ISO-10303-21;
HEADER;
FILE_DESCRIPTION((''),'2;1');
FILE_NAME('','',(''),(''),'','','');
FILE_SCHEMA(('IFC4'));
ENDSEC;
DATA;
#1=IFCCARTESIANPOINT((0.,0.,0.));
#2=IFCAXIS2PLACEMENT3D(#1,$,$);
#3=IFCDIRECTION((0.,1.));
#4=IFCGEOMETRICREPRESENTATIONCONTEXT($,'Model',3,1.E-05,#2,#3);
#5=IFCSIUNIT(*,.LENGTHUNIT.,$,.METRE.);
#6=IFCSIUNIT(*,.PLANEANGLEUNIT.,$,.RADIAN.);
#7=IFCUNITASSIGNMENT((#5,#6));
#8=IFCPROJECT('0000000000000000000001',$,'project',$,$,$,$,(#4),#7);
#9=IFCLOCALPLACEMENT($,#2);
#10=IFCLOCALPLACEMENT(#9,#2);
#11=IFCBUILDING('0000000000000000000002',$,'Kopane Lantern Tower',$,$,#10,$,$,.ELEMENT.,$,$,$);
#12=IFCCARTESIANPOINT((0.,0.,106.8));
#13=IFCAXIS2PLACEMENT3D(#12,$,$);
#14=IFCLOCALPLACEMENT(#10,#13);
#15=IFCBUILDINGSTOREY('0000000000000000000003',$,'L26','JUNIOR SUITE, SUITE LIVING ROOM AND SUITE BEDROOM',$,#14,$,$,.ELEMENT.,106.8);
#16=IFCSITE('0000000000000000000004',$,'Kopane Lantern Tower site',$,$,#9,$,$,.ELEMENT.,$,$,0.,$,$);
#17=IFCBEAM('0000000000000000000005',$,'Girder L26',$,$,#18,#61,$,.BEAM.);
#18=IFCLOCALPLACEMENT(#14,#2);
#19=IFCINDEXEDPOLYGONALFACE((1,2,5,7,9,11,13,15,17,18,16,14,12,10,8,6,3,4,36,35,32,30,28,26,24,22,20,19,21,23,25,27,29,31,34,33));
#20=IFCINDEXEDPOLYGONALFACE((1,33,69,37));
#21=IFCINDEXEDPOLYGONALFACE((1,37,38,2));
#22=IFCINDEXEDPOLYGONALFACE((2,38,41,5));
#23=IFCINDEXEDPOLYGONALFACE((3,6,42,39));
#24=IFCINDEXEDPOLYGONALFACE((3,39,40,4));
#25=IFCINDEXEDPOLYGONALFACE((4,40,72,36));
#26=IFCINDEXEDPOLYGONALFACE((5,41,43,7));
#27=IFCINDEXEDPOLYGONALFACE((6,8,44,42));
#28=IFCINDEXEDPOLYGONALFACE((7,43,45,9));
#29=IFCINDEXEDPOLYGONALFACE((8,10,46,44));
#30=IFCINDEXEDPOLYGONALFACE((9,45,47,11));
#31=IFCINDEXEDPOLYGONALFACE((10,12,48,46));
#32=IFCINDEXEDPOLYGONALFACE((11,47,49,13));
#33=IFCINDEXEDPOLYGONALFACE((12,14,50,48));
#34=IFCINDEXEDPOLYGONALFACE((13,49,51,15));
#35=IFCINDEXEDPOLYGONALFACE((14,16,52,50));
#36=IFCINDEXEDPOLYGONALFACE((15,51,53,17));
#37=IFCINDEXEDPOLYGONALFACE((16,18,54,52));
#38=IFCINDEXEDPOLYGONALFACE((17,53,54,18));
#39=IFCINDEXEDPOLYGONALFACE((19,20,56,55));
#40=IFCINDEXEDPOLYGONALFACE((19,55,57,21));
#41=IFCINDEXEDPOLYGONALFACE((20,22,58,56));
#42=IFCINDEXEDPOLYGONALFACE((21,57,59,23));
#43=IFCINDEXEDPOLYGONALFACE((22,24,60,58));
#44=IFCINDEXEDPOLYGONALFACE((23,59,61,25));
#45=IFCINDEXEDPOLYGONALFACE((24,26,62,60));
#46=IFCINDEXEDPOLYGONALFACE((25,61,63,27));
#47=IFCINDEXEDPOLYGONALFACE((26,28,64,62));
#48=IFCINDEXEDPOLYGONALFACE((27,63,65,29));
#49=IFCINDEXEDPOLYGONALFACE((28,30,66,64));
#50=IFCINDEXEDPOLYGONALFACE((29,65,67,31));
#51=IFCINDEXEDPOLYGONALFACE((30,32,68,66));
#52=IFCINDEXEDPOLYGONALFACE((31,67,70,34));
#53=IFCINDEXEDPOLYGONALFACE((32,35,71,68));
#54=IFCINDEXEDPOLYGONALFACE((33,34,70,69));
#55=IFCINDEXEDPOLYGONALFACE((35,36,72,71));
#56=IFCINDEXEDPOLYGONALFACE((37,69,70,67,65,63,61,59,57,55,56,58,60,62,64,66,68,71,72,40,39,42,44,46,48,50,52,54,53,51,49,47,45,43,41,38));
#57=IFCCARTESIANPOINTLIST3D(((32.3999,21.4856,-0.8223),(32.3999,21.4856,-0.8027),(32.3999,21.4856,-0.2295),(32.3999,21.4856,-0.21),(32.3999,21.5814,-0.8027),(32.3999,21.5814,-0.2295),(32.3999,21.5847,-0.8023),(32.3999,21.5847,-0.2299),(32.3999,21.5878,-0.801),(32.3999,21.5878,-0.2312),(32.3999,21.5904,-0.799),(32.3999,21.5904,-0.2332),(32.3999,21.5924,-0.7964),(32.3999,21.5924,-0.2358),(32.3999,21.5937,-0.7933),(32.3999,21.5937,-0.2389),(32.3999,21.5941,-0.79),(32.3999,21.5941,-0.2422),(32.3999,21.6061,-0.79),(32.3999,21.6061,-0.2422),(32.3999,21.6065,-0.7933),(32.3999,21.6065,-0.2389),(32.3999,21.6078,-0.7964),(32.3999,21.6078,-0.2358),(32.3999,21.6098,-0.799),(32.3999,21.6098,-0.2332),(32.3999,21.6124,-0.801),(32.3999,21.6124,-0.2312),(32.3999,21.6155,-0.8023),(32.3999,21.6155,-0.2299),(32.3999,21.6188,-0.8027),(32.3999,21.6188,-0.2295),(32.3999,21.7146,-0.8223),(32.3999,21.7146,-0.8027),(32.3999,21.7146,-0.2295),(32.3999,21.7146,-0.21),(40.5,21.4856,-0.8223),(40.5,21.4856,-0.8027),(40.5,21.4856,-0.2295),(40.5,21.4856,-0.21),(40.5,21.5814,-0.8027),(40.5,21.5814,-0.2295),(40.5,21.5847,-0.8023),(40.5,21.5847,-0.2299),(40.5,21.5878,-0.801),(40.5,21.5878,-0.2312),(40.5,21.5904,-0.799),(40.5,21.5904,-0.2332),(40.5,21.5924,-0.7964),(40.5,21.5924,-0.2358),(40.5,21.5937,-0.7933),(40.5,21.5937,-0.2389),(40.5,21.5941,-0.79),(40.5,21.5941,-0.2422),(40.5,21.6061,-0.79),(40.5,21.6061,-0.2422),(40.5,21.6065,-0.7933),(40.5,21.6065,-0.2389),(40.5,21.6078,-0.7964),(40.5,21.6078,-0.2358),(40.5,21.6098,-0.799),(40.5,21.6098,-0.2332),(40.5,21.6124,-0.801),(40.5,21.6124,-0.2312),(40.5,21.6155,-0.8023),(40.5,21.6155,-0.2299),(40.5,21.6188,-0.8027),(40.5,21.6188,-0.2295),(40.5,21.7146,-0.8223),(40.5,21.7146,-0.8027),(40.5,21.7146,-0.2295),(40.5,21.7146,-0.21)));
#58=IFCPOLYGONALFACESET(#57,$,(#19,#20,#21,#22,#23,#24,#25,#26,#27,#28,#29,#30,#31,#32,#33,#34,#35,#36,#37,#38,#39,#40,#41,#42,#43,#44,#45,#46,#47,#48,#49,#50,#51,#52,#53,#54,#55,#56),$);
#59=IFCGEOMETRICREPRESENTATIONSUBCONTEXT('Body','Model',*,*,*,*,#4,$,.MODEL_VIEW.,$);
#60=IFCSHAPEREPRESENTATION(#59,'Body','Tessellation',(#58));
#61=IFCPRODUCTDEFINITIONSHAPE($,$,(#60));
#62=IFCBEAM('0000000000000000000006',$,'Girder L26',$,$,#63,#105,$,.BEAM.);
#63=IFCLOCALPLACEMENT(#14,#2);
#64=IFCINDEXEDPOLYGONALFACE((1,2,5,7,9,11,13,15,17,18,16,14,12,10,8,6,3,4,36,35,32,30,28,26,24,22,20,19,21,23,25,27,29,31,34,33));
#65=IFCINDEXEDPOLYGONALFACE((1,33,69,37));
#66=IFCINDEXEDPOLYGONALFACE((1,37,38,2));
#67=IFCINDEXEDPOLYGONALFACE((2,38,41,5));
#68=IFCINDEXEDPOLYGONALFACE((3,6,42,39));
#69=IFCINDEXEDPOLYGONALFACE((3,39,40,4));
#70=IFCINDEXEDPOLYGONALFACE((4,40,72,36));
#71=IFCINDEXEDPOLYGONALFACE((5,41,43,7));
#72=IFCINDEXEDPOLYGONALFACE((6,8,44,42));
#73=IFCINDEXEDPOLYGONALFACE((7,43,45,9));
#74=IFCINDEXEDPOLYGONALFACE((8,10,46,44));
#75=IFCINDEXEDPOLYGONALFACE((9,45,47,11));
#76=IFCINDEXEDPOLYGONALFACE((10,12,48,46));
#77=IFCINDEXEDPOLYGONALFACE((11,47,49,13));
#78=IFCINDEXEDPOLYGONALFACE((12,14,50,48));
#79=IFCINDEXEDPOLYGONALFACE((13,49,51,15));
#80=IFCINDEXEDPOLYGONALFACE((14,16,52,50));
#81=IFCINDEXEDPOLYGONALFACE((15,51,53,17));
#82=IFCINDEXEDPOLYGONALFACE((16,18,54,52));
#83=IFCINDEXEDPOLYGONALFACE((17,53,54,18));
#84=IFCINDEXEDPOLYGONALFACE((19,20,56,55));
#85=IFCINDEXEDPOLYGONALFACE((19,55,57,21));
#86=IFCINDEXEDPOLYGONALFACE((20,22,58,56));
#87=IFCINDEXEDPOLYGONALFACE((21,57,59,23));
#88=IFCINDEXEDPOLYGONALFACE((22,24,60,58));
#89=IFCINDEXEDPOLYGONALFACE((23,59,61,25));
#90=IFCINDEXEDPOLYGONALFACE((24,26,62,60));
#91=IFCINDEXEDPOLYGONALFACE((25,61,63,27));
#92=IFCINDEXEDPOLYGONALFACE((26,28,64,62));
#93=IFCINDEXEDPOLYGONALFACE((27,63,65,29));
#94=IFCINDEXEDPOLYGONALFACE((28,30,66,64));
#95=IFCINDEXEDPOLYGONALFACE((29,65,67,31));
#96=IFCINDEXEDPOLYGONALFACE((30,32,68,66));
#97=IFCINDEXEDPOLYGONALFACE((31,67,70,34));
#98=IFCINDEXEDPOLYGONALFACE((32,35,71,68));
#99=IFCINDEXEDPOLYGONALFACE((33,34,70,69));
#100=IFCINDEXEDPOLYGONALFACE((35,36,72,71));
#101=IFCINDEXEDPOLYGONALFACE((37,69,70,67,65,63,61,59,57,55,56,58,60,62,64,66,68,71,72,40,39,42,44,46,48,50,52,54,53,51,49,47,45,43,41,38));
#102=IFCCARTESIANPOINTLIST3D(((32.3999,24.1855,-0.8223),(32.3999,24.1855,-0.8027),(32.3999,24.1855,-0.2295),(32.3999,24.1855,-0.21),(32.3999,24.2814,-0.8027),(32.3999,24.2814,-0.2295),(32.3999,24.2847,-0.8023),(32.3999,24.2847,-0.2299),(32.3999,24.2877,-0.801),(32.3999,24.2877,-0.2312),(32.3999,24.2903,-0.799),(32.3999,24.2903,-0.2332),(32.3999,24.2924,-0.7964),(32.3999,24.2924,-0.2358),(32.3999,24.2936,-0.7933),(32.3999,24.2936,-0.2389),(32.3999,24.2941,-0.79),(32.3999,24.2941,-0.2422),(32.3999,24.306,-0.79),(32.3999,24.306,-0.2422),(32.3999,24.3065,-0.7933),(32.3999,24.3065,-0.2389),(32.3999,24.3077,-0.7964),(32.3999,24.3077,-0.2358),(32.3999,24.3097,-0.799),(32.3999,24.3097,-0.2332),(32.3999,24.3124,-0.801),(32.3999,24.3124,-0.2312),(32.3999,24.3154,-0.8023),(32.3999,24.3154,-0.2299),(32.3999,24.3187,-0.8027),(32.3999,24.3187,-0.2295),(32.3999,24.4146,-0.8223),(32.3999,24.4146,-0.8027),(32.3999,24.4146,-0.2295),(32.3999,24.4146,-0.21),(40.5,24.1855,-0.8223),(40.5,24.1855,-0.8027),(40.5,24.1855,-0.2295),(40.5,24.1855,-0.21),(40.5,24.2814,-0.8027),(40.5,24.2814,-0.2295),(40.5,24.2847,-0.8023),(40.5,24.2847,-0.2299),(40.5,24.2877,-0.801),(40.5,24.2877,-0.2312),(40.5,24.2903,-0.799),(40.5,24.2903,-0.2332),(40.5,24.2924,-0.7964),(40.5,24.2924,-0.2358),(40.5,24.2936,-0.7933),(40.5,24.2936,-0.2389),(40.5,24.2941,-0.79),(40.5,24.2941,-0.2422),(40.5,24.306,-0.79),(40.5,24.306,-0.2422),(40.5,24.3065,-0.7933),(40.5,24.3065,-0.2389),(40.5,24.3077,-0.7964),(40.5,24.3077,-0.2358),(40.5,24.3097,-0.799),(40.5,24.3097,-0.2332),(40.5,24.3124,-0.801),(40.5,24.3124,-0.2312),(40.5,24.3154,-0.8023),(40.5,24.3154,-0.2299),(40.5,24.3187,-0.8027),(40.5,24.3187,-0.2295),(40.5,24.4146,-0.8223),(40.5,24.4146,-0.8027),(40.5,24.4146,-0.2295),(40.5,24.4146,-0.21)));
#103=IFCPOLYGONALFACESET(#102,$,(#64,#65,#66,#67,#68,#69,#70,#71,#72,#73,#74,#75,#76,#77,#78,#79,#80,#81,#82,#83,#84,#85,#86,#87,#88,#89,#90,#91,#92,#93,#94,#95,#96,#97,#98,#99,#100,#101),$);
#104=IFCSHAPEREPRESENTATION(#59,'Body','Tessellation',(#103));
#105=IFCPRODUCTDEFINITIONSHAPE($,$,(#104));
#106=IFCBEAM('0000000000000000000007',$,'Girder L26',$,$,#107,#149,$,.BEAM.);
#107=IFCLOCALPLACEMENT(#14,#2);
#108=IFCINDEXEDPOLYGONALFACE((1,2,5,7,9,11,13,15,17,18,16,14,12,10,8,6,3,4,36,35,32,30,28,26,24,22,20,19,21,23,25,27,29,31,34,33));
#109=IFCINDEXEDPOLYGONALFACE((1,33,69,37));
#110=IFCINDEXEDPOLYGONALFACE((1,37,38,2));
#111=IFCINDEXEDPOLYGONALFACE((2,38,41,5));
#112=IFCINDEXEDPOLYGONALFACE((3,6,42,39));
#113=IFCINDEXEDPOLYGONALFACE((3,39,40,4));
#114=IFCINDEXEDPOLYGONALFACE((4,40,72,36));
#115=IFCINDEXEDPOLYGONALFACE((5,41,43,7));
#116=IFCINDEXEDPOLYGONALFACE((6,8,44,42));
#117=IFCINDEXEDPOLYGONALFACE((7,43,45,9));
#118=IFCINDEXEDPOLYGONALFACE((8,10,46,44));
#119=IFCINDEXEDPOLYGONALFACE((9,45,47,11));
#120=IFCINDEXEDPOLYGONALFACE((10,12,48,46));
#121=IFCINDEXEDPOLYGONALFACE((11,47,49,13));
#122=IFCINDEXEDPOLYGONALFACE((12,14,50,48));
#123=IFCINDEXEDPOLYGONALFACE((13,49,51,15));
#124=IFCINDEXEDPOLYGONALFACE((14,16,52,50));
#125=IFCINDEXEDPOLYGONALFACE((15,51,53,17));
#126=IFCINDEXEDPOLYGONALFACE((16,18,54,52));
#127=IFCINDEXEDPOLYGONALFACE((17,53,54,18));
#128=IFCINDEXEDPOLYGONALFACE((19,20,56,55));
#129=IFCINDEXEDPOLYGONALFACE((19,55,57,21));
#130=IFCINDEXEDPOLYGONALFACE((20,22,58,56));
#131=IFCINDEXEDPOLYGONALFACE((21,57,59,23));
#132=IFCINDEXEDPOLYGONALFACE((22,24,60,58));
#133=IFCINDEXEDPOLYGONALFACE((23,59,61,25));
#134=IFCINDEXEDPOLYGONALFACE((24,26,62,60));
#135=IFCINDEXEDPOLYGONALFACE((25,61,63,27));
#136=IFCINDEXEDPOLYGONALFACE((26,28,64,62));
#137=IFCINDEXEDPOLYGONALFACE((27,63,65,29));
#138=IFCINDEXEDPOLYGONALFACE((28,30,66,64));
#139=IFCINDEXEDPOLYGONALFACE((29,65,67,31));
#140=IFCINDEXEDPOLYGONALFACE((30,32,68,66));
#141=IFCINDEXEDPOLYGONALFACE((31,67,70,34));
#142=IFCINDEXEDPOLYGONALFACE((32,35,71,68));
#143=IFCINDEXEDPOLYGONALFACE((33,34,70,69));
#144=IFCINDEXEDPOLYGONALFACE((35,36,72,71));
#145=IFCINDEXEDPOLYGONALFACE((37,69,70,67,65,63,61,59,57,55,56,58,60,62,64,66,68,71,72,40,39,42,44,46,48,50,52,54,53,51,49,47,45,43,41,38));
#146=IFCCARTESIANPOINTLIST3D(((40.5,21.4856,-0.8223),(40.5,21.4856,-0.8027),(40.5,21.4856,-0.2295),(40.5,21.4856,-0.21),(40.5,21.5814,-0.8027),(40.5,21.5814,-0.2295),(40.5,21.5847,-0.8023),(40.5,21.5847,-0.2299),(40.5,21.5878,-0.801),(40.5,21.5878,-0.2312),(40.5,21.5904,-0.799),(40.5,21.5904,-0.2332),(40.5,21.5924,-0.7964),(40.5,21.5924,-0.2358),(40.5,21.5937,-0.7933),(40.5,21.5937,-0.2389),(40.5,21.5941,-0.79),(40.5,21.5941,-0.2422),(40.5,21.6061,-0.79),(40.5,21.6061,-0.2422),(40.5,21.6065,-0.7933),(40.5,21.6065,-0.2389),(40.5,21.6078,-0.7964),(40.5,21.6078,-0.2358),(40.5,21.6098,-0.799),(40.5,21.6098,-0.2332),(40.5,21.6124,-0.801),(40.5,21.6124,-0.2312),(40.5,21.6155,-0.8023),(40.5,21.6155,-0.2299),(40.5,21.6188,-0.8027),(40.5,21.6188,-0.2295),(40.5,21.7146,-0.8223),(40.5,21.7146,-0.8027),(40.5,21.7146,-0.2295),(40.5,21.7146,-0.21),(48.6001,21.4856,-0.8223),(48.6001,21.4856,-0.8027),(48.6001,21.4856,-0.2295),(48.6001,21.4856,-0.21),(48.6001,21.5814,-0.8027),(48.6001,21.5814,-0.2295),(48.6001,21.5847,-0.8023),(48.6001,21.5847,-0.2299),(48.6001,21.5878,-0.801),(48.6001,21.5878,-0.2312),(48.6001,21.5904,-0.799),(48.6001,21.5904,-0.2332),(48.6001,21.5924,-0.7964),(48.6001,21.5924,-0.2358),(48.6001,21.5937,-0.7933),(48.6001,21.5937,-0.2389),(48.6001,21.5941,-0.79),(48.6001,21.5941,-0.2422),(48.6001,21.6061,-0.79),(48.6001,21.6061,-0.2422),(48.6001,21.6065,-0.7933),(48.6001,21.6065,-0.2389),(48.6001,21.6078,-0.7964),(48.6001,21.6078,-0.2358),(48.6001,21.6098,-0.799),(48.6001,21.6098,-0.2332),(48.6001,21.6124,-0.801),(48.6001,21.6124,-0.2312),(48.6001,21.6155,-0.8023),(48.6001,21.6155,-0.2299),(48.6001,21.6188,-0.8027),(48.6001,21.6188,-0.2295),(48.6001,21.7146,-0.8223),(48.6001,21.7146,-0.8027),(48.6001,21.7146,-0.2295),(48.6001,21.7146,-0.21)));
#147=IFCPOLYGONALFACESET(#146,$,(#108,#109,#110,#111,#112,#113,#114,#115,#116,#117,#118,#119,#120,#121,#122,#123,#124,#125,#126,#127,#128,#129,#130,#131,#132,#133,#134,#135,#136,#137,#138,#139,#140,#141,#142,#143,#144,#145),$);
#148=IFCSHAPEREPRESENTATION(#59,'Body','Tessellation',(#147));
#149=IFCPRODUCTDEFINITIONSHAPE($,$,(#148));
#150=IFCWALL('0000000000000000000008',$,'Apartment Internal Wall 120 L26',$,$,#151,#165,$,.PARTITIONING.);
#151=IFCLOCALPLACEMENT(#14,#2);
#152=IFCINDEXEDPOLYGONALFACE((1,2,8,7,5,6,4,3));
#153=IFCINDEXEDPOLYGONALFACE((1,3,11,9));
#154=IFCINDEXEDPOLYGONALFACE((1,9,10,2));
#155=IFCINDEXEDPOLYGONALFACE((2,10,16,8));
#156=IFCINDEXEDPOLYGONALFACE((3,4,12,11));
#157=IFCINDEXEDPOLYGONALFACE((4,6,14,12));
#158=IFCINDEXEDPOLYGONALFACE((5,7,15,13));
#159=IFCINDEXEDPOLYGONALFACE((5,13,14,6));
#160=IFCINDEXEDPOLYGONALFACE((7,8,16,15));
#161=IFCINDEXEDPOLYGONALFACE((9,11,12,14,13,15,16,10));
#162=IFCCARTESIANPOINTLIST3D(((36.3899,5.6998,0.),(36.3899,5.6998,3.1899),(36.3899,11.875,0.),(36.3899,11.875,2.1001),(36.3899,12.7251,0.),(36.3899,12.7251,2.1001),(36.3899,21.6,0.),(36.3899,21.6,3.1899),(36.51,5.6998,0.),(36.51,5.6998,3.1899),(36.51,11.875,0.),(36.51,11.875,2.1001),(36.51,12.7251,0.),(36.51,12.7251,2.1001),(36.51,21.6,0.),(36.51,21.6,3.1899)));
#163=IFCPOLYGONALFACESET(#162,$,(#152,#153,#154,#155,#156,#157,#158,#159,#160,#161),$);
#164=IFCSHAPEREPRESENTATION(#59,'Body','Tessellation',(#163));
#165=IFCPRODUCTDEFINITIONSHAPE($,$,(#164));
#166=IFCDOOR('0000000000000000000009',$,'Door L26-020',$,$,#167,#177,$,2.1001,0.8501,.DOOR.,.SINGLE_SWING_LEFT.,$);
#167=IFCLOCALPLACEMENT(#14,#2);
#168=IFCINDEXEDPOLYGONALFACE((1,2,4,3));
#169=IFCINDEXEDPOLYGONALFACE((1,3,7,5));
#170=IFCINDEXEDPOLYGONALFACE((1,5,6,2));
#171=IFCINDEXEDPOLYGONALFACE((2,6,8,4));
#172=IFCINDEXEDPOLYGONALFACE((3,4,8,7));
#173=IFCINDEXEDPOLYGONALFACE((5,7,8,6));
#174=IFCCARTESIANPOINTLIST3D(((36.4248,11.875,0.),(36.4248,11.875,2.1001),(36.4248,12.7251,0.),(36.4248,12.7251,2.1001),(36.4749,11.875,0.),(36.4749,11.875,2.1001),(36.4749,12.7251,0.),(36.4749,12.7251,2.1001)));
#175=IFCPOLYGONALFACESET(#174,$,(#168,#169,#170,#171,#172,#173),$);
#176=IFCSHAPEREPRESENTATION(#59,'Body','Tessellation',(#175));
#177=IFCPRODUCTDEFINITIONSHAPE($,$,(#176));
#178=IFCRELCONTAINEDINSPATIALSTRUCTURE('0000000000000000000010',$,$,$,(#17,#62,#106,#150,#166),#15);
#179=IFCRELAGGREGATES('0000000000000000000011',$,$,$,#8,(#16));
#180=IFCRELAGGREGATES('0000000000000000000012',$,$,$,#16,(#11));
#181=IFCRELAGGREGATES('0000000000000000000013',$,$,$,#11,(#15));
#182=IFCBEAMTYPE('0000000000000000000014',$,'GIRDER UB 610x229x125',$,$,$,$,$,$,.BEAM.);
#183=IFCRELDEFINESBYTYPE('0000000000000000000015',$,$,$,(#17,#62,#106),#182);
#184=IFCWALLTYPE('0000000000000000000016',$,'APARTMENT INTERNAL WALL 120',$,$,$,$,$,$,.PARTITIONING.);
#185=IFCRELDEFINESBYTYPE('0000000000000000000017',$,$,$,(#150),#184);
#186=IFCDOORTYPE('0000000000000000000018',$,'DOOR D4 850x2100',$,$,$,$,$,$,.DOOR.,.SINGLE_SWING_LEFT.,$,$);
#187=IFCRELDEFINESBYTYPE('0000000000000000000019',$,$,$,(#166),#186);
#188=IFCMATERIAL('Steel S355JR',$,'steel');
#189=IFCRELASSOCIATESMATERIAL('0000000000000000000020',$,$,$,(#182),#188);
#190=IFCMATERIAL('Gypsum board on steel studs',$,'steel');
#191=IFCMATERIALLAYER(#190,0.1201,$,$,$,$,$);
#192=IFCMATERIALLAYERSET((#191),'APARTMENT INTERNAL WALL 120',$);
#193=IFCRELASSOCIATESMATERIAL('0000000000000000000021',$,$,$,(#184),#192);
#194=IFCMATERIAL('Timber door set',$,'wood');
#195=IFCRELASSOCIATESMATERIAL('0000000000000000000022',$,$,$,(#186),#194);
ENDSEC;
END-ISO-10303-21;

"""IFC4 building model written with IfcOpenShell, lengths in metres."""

from ifc_helpers import new_model, si_unit, direction, frame, frame_2d, origin, origin_2d, place, context, subcontext, project, spatial, rectangle, i_section, extrude, material, layer, layer_set, material_profile, profile_set, type_object, element, fill, save


model = new_model("IFC4")

# Units and contexts
model_context = context("Model", 3, precision=1e-05, world=origin(), true_north=direction((0.0, 1.0)))
body_context = subcontext(model_context, "Body", "Model", "MODEL_VIEW")
ifc_project = project(units=[si_unit("LENGTHUNIT", "METRE"), si_unit("PLANEANGLEUNIT", "RADIAN")], contexts=[model_context])

# Site, building, storey
site_placement = place(None, origin())
site = spatial("IfcSite", under=ifc_project, at=site_placement, Name="Kopane Lantern Tower site", CompositionType="ELEMENT", RefElevation=0.0)
building_placement = place(site_placement, origin())
building = spatial("IfcBuilding", under=site, at=building_placement, Name="Kopane Lantern Tower", CompositionType="ELEMENT")
storey_placement = place(building_placement, frame((0.0, 0.0, 106.8)))
storey = spatial("IfcBuildingStorey", under=building, at=storey_placement, Name="L26", Description="JUNIOR SUITE, SUITE LIVING ROOM AND SUITE BEDROOM", CompositionType="ELEMENT", Elevation=106.8)

# Beams
ifc_material_1 = material(Name="Steel S355JR", Category="steel")
ifc_material_profile_1 = material_profile(ifc_material_1, i_section(OverallWidth=0.229, OverallDepth=0.6123, WebThickness=0.012, FlangeThickness=0.0195, FilletRadius=0.0127, at=origin_2d()), Name="UB 610x229x125")
ifc_profile_set_1 = profile_set([ifc_material_profile_1], Name="Steel S355JR")
beam_type_1 = type_object("IfcBeamType", Name="GIRDER UB 610x229x125", PredefinedType="BEAM", material=ifc_profile_set_1)
for number, where, z_axis, x_axis, name in (
    (1, (32.3999, 21.6001, -0.5161), (1.0, 0.0, 0.0), (0.0, 1.0, 0.0), "Girder L26"),
    (2, (32.3999, 24.3, -0.5161), (1.0, 0.0, 0.0), (0.0, 1.0, 0.0), "Girder L26"),
    (3, (40.5, 21.6001, -0.5161), (1.0, 0.0, 0.0), (0.0, 1.0, 0.0), "Girder L26"),
):
    element("IfcBeam", number, at=place(storey_placement, frame(where, z_axis=z_axis, x_axis=x_axis)), inside=storey, type_object=beam_type_1, Name=name, PredefinedType="BEAM", context=body_context, shape_type="SweptSolid", body=[
        extrude(i_section(OverallWidth=0.229, OverallDepth=0.6123, WebThickness=0.012, FlangeThickness=0.0195, FilletRadius=0.0127, at=origin_2d()), origin(), (0.0, 0.0, 1.0), 8.1001),
    ])

# Wall, opening, door
ifc_material_2 = material(Name="Gypsum board on steel studs", Category="steel")
ifc_layer_1 = layer(ifc_material_2, 0.1201)
ifc_layer_set_1 = layer_set([ifc_layer_1], Name="APARTMENT INTERNAL WALL 120")
wall_type_1 = type_object("IfcWallType", Name="APARTMENT INTERNAL WALL 120", PredefinedType="PARTITIONING", material=ifc_layer_set_1)
wall_1_placement = place(storey_placement, frame((36.45, 21.6001, 0.0), z_axis=(0.0, 0.0, 1.0), x_axis=(0.0, -1.0, 0.0)))
wall_1 = element("IfcWall", 4, at=wall_1_placement, inside=storey, type_object=wall_type_1, Name="Apartment Internal Wall 120 L26", PredefinedType="PARTITIONING", context=body_context, shape_type="SweptSolid", body=[
    extrude(rectangle(XDim=15.9001, YDim=0.1201, at=frame_2d((7.9502, 0.0))), origin(), (0.0, 0.0, 1.0), 3.1899),
])
opening_1_placement = place(wall_1_placement, frame((8.875, 0.0, 0.0)))
opening_1 = element("IfcOpeningElement", 5, at=opening_1_placement, cuts=wall_1, PredefinedType="OPENING", context=body_context, shape_type="SweptSolid", body=[
    extrude(rectangle(XDim=0.8501, YDim=2.1001, at=frame_2d((0.425, 1.05))), frame((0.0, 0.0701, 0.0), z_axis=(0.0, -1.0, 0.0), x_axis=(1.0, 0.0, 0.0)), (0.0, 0.0, 1.0), 0.1401),
])
ifc_material_3 = material(Name="Timber door set", Category="wood")
door_type_1 = type_object("IfcDoorType", Name="DOOR D4 850x2100", OperationType="SINGLE_SWING_LEFT", PredefinedType="DOOR", material=ifc_material_3)
door_1_placement = place(opening_1_placement, origin())
door_1 = element("IfcDoor", 6, at=door_1_placement, inside=storey, type_object=door_type_1, Name="Door L26-020", OperationType="SINGLE_SWING_LEFT", OverallHeight=2.1001, OverallWidth=0.8501, PredefinedType="DOOR", context=body_context, shape_type="SweptSolid", body=[
    extrude(rectangle(XDim=0.8501, YDim=2.1001, at=frame_2d((0.425, 1.05))), frame((0.0, 0.0249, 0.0), z_axis=(0.0, -1.0, 0.0), x_axis=(1.0, 0.0, 0.0)), (0.0, 0.0, 1.0), 0.05),
])
fill(opening_1, door_1)

save(model, "model.ifc")
